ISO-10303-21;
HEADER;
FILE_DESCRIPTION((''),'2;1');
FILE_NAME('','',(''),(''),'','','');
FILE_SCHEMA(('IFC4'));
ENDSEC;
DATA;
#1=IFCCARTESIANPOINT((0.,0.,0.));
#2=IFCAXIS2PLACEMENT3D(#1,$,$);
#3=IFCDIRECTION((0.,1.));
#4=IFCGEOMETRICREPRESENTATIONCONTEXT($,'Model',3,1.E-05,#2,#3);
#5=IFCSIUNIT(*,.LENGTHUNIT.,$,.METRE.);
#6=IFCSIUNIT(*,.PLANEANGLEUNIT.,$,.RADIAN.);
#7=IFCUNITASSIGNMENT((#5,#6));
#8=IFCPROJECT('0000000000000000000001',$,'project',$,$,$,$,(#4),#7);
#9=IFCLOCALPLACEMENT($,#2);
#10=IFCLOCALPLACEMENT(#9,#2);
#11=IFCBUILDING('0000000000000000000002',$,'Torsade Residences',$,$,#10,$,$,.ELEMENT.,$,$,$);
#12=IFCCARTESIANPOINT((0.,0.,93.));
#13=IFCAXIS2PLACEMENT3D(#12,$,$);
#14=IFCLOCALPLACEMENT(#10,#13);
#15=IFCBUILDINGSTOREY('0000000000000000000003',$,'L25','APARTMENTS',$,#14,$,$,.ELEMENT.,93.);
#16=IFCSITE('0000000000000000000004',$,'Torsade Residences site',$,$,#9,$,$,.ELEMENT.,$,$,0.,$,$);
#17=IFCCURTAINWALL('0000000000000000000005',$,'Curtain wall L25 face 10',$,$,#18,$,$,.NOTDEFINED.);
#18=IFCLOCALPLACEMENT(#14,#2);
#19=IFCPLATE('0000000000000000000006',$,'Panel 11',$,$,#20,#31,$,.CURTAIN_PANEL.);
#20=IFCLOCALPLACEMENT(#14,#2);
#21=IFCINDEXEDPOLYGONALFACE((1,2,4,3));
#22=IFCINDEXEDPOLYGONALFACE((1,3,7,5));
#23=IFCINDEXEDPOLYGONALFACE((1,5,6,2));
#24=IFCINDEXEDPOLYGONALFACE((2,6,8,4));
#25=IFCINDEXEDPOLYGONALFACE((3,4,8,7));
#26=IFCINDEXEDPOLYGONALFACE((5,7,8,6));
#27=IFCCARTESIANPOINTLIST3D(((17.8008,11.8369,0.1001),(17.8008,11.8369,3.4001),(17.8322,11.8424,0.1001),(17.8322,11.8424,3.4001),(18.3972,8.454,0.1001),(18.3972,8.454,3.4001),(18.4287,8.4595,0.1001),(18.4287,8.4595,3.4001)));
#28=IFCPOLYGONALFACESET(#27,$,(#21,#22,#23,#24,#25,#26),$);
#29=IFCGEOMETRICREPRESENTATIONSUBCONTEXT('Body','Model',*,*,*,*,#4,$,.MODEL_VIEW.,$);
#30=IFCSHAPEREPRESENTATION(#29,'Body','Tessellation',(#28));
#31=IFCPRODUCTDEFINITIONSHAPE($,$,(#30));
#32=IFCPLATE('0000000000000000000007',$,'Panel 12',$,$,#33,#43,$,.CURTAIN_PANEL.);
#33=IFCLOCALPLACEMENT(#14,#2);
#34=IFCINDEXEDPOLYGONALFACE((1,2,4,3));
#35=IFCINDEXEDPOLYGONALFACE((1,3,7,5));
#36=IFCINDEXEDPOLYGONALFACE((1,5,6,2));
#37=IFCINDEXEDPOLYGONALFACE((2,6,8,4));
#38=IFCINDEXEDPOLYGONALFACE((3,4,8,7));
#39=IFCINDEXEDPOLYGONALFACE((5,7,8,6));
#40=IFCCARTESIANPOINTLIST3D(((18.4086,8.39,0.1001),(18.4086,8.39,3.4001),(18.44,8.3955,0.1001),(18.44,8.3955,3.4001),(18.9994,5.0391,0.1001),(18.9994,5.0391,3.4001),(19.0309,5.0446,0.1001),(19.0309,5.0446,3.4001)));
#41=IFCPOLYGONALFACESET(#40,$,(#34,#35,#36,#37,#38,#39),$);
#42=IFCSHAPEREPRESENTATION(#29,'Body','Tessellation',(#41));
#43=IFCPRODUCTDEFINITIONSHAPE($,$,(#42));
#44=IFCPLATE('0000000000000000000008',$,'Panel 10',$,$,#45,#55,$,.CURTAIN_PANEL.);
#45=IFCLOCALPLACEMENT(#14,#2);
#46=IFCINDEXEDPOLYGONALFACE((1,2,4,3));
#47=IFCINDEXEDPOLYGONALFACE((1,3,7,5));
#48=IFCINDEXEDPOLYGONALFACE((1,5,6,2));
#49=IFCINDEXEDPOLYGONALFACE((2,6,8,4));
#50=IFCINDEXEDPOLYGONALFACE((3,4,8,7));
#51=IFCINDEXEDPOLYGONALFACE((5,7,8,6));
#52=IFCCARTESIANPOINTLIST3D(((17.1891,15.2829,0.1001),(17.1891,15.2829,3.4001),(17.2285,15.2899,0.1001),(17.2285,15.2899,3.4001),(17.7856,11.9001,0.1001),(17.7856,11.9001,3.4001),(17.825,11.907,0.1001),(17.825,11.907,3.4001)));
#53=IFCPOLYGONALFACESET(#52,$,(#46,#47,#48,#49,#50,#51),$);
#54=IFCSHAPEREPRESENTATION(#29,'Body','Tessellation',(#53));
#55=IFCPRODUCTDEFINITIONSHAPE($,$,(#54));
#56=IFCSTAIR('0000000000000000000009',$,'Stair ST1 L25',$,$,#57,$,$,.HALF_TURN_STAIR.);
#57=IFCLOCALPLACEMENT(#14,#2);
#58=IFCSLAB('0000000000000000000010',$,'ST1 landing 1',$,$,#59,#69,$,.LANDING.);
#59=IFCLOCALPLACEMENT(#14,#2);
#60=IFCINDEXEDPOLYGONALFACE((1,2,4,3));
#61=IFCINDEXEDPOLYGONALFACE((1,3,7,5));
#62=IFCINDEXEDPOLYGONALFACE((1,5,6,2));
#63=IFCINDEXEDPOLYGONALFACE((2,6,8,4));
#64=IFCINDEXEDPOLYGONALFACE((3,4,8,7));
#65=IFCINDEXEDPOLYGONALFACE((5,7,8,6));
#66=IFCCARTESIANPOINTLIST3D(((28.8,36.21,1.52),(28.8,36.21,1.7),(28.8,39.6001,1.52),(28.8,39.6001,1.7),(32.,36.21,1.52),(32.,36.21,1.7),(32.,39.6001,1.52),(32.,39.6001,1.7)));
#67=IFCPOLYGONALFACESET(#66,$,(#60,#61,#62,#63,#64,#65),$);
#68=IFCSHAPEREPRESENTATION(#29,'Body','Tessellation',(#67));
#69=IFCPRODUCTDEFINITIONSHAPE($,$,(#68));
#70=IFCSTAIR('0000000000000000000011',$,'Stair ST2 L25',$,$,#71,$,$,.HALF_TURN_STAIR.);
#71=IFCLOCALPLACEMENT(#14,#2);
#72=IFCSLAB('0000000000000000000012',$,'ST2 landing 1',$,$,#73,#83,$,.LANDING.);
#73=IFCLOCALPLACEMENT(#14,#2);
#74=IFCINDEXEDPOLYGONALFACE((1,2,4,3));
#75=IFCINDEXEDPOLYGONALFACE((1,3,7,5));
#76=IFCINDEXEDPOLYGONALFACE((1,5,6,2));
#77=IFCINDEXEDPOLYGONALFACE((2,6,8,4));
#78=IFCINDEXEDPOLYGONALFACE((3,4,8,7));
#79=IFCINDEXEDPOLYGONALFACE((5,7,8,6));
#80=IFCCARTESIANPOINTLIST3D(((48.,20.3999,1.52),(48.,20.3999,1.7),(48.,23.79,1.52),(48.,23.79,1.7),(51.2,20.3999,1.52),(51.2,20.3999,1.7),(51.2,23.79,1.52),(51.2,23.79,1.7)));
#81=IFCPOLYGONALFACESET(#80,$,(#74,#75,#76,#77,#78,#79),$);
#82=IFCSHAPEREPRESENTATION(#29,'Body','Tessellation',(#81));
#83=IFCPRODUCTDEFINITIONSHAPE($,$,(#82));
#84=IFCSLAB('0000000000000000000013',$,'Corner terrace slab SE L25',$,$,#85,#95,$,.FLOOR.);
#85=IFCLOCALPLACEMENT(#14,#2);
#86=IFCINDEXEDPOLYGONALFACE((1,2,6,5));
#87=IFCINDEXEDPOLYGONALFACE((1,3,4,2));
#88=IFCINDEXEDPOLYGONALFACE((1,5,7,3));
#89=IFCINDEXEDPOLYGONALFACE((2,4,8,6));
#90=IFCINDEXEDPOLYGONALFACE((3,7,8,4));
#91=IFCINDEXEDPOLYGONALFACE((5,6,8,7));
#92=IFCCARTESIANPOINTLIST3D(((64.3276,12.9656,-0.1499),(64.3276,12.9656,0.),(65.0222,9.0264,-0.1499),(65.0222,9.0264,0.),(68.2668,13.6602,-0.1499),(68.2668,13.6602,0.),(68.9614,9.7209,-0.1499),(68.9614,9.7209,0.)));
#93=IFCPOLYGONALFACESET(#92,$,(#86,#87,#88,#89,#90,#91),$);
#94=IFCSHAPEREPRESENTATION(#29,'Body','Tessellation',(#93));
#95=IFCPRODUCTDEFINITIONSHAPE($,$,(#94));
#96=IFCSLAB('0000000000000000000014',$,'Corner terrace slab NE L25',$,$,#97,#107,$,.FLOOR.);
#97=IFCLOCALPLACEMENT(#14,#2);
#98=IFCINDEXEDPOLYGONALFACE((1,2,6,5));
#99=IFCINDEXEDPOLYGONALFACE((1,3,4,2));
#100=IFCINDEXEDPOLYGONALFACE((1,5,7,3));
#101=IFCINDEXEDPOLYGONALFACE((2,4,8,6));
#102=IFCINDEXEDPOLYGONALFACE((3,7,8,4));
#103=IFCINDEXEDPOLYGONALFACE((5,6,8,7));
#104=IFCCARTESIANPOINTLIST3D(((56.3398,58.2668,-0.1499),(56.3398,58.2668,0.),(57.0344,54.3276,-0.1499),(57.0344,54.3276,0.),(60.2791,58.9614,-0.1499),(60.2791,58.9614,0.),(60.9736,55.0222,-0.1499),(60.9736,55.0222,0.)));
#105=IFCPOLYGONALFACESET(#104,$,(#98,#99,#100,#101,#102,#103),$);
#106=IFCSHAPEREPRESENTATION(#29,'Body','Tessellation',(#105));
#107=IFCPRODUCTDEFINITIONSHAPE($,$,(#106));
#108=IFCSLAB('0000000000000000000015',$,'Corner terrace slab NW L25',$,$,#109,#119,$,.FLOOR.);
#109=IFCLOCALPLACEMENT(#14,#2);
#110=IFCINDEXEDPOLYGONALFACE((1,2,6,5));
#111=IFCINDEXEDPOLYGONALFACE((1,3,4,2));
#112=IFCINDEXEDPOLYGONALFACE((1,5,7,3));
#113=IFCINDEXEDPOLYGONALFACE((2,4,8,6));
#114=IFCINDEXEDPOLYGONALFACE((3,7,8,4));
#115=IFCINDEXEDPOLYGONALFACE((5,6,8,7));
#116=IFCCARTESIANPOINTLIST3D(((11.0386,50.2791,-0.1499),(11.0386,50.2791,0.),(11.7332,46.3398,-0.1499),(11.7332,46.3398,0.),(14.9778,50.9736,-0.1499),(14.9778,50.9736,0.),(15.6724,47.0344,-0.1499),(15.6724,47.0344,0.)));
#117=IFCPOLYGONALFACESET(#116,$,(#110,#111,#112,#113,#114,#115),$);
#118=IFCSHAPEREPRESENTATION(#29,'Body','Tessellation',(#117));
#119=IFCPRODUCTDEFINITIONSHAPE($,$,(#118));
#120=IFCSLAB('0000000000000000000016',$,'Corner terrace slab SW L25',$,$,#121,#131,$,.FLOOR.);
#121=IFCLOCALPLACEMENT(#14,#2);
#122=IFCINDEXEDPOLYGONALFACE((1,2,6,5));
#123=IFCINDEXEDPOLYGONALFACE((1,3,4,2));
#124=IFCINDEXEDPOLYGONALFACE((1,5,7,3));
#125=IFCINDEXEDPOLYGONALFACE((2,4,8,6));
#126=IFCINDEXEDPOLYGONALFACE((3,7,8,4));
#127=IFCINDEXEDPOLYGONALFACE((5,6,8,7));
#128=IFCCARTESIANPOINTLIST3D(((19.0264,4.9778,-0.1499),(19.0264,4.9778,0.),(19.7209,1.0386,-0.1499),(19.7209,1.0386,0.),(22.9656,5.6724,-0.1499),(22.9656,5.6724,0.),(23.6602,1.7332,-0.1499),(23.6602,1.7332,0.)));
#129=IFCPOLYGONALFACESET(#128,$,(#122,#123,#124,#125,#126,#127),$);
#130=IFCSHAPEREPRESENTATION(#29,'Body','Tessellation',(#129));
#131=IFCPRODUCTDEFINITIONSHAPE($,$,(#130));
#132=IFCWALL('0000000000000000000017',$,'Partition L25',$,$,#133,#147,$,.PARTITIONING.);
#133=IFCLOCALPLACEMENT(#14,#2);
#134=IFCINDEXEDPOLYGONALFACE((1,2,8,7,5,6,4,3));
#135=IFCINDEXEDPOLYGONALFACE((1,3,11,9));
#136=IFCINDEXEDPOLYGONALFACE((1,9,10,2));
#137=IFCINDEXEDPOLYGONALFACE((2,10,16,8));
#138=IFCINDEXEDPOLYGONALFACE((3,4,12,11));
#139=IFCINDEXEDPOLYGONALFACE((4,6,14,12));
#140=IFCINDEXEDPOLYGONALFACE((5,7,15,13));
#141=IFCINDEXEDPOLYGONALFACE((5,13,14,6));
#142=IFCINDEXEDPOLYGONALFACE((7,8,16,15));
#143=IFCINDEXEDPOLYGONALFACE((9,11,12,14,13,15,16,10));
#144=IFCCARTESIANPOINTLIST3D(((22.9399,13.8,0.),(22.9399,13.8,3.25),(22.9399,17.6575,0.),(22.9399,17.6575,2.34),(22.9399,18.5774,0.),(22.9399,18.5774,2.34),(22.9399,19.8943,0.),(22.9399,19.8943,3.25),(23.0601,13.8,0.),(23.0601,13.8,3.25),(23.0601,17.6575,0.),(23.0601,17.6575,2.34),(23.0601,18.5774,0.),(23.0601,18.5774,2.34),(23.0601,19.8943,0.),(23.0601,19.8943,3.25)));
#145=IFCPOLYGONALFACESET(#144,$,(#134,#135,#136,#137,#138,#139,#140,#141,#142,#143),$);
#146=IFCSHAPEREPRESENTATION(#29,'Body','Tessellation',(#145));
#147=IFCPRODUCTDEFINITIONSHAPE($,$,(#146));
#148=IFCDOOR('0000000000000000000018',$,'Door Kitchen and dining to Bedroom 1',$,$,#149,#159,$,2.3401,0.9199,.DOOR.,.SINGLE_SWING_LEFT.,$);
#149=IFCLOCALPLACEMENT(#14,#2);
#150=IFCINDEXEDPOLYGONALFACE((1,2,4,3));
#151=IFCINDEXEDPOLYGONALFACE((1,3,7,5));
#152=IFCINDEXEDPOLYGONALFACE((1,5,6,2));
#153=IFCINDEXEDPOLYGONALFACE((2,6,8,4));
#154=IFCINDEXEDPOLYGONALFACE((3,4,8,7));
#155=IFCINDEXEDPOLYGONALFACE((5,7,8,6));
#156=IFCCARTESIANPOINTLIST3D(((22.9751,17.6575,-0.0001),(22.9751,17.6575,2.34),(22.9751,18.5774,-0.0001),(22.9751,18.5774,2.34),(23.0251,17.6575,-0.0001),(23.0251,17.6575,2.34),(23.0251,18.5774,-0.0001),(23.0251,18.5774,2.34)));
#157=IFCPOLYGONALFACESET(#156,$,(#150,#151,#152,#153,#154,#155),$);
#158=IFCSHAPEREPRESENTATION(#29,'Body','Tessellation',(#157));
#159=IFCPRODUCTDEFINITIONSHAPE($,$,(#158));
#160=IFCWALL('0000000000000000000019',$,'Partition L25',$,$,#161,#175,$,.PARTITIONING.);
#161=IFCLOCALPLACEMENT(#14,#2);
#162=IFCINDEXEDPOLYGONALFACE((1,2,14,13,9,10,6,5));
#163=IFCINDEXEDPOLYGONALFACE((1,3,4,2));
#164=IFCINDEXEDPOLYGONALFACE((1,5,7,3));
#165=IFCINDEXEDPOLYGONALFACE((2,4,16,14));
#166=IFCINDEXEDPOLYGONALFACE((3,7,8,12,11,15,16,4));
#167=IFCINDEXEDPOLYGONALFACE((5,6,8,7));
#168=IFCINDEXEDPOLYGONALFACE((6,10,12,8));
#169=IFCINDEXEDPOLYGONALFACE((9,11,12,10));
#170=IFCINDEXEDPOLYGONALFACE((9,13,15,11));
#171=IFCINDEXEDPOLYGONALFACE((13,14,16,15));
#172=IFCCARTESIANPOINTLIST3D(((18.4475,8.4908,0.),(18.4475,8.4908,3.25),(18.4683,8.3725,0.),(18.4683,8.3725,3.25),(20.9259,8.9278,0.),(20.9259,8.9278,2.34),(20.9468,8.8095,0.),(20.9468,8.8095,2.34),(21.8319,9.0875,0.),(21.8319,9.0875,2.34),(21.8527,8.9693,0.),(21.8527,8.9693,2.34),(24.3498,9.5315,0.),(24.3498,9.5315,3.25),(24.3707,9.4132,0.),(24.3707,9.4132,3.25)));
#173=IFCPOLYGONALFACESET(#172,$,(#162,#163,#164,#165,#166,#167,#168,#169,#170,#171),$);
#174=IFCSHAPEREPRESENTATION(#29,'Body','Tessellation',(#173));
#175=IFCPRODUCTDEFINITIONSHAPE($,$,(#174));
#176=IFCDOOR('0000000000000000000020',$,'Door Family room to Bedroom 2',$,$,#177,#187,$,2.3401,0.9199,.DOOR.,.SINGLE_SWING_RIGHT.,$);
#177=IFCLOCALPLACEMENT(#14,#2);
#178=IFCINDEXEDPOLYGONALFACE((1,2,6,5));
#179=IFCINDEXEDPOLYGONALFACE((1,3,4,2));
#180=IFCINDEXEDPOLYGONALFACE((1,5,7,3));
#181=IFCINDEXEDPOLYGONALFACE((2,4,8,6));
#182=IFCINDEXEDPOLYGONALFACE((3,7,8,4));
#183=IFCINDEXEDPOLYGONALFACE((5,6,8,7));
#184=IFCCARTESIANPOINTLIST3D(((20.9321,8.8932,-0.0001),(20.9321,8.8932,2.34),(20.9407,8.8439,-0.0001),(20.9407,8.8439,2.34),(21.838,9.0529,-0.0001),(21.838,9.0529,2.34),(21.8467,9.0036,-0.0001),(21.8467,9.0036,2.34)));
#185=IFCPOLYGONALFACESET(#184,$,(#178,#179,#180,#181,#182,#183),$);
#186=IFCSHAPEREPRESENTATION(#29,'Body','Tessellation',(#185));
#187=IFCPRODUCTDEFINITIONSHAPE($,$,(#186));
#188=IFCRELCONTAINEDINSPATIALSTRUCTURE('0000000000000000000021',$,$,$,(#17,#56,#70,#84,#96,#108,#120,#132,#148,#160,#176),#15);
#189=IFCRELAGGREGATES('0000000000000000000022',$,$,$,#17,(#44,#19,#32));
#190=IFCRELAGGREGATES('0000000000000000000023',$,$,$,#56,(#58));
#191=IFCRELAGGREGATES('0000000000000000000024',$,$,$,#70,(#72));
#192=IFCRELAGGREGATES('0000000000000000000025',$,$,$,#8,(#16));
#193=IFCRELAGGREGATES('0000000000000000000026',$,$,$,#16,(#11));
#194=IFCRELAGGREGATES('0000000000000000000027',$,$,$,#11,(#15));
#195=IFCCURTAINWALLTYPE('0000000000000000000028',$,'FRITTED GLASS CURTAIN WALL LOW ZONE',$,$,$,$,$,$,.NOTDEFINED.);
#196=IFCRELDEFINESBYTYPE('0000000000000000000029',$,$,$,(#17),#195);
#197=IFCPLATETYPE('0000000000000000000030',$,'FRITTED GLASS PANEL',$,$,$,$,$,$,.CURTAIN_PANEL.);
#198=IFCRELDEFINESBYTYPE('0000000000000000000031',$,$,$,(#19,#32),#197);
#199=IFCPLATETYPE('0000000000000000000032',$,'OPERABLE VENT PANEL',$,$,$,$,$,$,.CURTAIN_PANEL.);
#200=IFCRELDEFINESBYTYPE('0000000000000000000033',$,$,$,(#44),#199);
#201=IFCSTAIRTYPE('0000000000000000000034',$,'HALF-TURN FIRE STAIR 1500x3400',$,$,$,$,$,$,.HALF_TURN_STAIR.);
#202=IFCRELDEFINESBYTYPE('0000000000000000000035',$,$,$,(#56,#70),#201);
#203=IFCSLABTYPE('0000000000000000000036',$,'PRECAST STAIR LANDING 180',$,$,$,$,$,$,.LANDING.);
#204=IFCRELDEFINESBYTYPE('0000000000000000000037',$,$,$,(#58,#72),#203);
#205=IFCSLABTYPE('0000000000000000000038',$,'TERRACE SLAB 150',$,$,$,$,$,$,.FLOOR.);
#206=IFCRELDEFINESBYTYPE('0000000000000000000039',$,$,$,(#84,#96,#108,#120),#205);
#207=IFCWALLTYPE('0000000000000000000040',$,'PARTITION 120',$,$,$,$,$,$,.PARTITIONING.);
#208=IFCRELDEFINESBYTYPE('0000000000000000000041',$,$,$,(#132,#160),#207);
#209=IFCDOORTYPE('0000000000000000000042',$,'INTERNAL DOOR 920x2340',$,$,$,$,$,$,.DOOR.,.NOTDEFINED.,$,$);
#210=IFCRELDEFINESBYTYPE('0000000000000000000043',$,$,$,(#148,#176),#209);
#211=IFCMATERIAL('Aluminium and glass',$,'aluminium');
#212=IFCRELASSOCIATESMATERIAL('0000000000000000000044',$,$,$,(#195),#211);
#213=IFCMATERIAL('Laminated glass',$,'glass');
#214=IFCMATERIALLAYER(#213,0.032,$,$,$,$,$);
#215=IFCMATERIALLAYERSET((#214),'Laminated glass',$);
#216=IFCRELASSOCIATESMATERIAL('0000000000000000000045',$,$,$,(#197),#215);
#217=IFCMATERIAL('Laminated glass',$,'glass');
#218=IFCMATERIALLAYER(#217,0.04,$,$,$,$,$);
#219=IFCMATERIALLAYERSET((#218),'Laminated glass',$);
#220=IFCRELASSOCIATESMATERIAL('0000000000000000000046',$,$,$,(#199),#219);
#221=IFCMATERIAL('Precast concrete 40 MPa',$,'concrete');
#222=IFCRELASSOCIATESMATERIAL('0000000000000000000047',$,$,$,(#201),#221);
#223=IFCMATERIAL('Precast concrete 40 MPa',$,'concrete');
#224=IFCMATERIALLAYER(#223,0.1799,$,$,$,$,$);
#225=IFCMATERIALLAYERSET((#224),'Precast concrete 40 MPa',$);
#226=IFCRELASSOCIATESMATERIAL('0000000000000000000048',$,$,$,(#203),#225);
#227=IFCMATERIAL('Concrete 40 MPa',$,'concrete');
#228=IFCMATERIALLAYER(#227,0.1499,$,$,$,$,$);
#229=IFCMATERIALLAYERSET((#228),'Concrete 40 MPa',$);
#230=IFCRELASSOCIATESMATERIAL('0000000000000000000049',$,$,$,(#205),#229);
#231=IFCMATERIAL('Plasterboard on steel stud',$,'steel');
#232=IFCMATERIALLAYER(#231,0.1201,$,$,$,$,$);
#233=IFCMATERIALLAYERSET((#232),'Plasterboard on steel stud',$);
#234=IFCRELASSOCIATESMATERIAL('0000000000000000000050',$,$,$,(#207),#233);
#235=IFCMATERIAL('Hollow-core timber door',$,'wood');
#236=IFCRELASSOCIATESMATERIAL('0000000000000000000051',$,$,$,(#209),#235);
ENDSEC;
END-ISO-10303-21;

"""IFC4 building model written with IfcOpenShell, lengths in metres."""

from ifc_helpers import new_model, si_unit, direction, frame, frame_2d, origin, origin_2d, place, context, subcontext, project, spatial, polyline, rectangle, outline, extrude, material, layer, layer_set, type_object, element, fill, aggregate, save


model = new_model("IFC4")

# Units and contexts
model_context = context("Model", 3, precision=1e-05, world=origin(), true_north=direction((0.0, 1.0)))
body_context = subcontext(model_context, "Body", "Model", "MODEL_VIEW")
ifc_project = project(units=[si_unit("LENGTHUNIT", "METRE"), si_unit("PLANEANGLEUNIT", "RADIAN")], contexts=[model_context])

# Site, building, storey
site_placement = place(None, origin())
site = spatial("IfcSite", under=ifc_project, at=site_placement, Name="Torsade Residences site", CompositionType="ELEMENT", RefElevation=0.0)
building_placement = place(site_placement, origin())
building = spatial("IfcBuilding", under=site, at=building_placement, Name="Torsade Residences", CompositionType="ELEMENT")
storey_placement = place(building_placement, frame((0.0, 0.0, 93.0)))
storey = spatial("IfcBuildingStorey", under=building, at=storey_placement, Name="L25", Description="APARTMENTS", CompositionType="ELEMENT", Elevation=93.0)

# Curtain wall
ifc_material_1 = material(Name="Aluminium and glass", Category="aluminium")
curtain_wall_type = type_object("IfcCurtainWallType", Name="FRITTED GLASS CURTAIN WALL LOW ZONE", PredefinedType="NOTDEFINED", material=ifc_material_1)
curtain_wall_placement = place(storey_placement, origin())
curtain_wall = element("IfcCurtainWall", 1, at=curtain_wall_placement, inside=storey, type_object=curtain_wall_type, Name="Curtain wall L25 face 10", PredefinedType="NOTDEFINED")

# Plates
ifc_material_2 = material(Name="Laminated glass", Category="glass")
ifc_layer_1 = layer(ifc_material_2, 0.032)
ifc_layer_set_1 = layer_set([ifc_layer_1], Name="Laminated glass")
plate_type_1 = type_object("IfcPlateType", Name="FRITTED GLASS PANEL", PredefinedType="CURTAIN_PANEL", material=ifc_layer_set_1)
plate_1_placement = place(storey_placement, frame((18.1147, 10.1482, 0.1001), z_axis=(0.0, 0.0, 1.0), x_axis=(0.173648, -0.984808, 0.0)))
plate_1 = element("IfcPlate", 2, at=plate_1_placement, type_object=plate_type_1, Name="Panel 11", PredefinedType="CURTAIN_PANEL", context=body_context, shape_type="SweptSolid", body=[
    extrude(rectangle(XDim=3.4351, YDim=0.032, at=origin_2d()), origin(), (0.0, 0.0, 1.0), 3.3),
])
plate_2_placement = place(storey_placement, frame((18.7197, 6.7173, 0.1001), z_axis=(0.0, 0.0, 1.0), x_axis=(0.173648, -0.984808, 0.0)))
plate_2 = element("IfcPlate", 3, at=plate_2_placement, type_object=plate_type_1, Name="Panel 12", PredefinedType="CURTAIN_PANEL", context=body_context, shape_type="SweptSolid", body=[
    extrude(rectangle(XDim=3.4026, YDim=0.032, at=origin_2d()), origin(), (0.0, 0.0, 1.0), 3.3),
])
ifc_material_3 = material(Name="Laminated glass", Category="glass")
ifc_layer_2 = layer(ifc_material_3, 0.04)
ifc_layer_set_2 = layer_set([ifc_layer_2], Name="Laminated glass")
plate_type_2 = type_object("IfcPlateType", Name="OPERABLE VENT PANEL", PredefinedType="CURTAIN_PANEL", material=ifc_layer_set_2)
plate_3_placement = place(storey_placement, frame((17.5071, 13.595, 0.1001), z_axis=(0.0, 0.0, 1.0), x_axis=(0.173648, -0.984808, 0.0)))
plate_3 = element("IfcPlate", 4, at=plate_3_placement, type_object=plate_type_2, Name="Panel 10", PredefinedType="CURTAIN_PANEL", context=body_context, shape_type="SweptSolid", body=[
    extrude(rectangle(XDim=3.4351, YDim=0.04, at=origin_2d()), origin(), (0.0, 0.0, 1.0), 3.3),
])
aggregate(curtain_wall, [plate_3, plate_1, plate_2])

# Stairs, slabs
ifc_material_4 = material(Name="Precast concrete 40 MPa", Category="concrete")
stair_type = type_object("IfcStairType", Name="HALF-TURN FIRE STAIR 1500x3400", PredefinedType="HALF_TURN_STAIR", material=ifc_material_4)
stair_1_placement = place(storey_placement, origin())
stair_1 = element("IfcStair", 5, at=stair_1_placement, inside=storey, type_object=stair_type, Name="Stair ST1 L25", PredefinedType="HALF_TURN_STAIR")
ifc_material_5 = material(Name="Precast concrete 40 MPa", Category="concrete")
ifc_layer_3 = layer(ifc_material_5, 0.1799)
ifc_layer_set_3 = layer_set([ifc_layer_3], Name="Precast concrete 40 MPa")
slab_type_1 = type_object("IfcSlabType", Name="PRECAST STAIR LANDING 180", PredefinedType="LANDING", material=ifc_layer_set_3)
slab_1_placement = place(storey_placement, frame((0.0, 0.0, 1.52)))
slab_1 = element("IfcSlab", 6, at=slab_1_placement, type_object=slab_type_1, Name="ST1 landing 1", PredefinedType="LANDING", context=body_context, shape_type="SweptSolid", body=[
    extrude(outline(polyline([(28.8, 36.21), (32.0, 36.21), (32.0, 39.6001), (28.8, 39.6001), (28.8, 36.21)])), origin(), (0.0, 0.0, 1.0), 0.1799),
])
aggregate(stair_1, [slab_1])
stair_2_placement = place(storey_placement, origin())
stair_2 = element("IfcStair", 7, at=stair_2_placement, inside=storey, type_object=stair_type, Name="Stair ST2 L25", PredefinedType="HALF_TURN_STAIR")
slab_2_placement = place(storey_placement, frame((0.0, 0.0, 1.52)))
slab_2 = element("IfcSlab", 8, at=slab_2_placement, type_object=slab_type_1, Name="ST2 landing 1", PredefinedType="LANDING", context=body_context, shape_type="SweptSolid", body=[
    extrude(outline(polyline([(48.0, 20.3999), (51.2, 20.3999), (51.2, 23.79), (48.0, 23.79), (48.0, 20.3999)])), origin(), (0.0, 0.0, 1.0), 0.1799),
])
aggregate(stair_2, [slab_2])

# Slabs
ifc_material_6 = material(Name="Concrete 40 MPa", Category="concrete")
ifc_layer_4 = layer(ifc_material_6, 0.1499)
ifc_layer_set_4 = layer_set([ifc_layer_4], Name="Concrete 40 MPa")
slab_type_2 = type_object("IfcSlabType", Name="TERRACE SLAB 150", PredefinedType="FLOOR", material=ifc_layer_set_4)
slab_3_placement = place(storey_placement, frame((0.0, 0.0, -0.1499)))
element("IfcSlab", 9, at=slab_3_placement, inside=storey, type_object=slab_type_2, Name="Corner terrace slab SE L25", PredefinedType="FLOOR", context=body_context, shape_type="SweptSolid", body=[
    extrude(outline(polyline([(65.0222, 9.0264), (68.9614, 9.7209), (68.2668, 13.6602), (64.3276, 12.9656), (65.0222, 9.0264)])), origin(), (0.0, 0.0, 1.0), 0.1499),
])
slab_4_placement = place(storey_placement, frame((0.0, 0.0, -0.1499)))
element("IfcSlab", 10, at=slab_4_placement, inside=storey, type_object=slab_type_2, Name="Corner terrace slab NE L25", PredefinedType="FLOOR", context=body_context, shape_type="SweptSolid", body=[
    extrude(outline(polyline([(57.0344, 54.3276), (60.9736, 55.0222), (60.2791, 58.9614), (56.3398, 58.2668), (57.0344, 54.3276)])), origin(), (0.0, 0.0, 1.0), 0.1499),
])
slab_5_placement = place(storey_placement, frame((0.0, 0.0, -0.1499)))
element("IfcSlab", 11, at=slab_5_placement, inside=storey, type_object=slab_type_2, Name="Corner terrace slab NW L25", PredefinedType="FLOOR", context=body_context, shape_type="SweptSolid", body=[
    extrude(outline(polyline([(11.7332, 46.3398), (15.6724, 47.0344), (14.9778, 50.9736), (11.0386, 50.2791), (11.7332, 46.3398)])), origin(), (0.0, 0.0, 1.0), 0.1499),
])
slab_6_placement = place(storey_placement, frame((0.0, 0.0, -0.1499)))
element("IfcSlab", 12, at=slab_6_placement, inside=storey, type_object=slab_type_2, Name="Corner terrace slab SW L25", PredefinedType="FLOOR", context=body_context, shape_type="SweptSolid", body=[
    extrude(outline(polyline([(19.7209, 1.0386), (23.6602, 1.7332), (22.9656, 5.6724), (19.0264, 4.9778), (19.7209, 1.0386)])), origin(), (0.0, 0.0, 1.0), 0.1499),
])

# Walls, openings, doors
ifc_material_7 = material(Name="Plasterboard on steel stud", Category="steel")
ifc_layer_5 = layer(ifc_material_7, 0.1201)
ifc_layer_set_5 = layer_set([ifc_layer_5], Name="Plasterboard on steel stud")
wall_type_1 = type_object("IfcWallType", Name="PARTITION 120", PredefinedType="PARTITIONING", material=ifc_layer_set_5)
wall_1_placement = place(storey_placement, frame((23.0, 13.8, 0.0), z_axis=(0.0, 0.0, 1.0), x_axis=(0.0, 1.0, 0.0)))
wall_1 = element("IfcWall", 13, at=wall_1_placement, inside=storey, type_object=wall_type_1, Name="Partition L25", PredefinedType="PARTITIONING", context=body_context, shape_type="SweptSolid", body=[
    extrude(rectangle(XDim=6.0942, YDim=0.1201, at=frame_2d((3.0471, 0.0))), origin(), (0.0, 0.0, 1.0), 3.25),
])
opening_1_placement = place(wall_1_placement, frame((3.8574, 0.0, 0.0)))
opening_1 = element("IfcOpeningElement", 14, at=opening_1_placement, cuts=wall_1, PredefinedType="OPENING", context=body_context, shape_type="SweptSolid", body=[
    extrude(rectangle(XDim=0.9199, YDim=2.3401, at=frame_2d((0.46, 1.1699))), frame((0.0, 0.0701, 0.0), z_axis=(0.0, -1.0, 0.0), x_axis=(1.0, 0.0, 0.0)), (0.0, 0.0, 1.0), 0.1401),
])
ifc_material_8 = material(Name="Hollow-core timber door", Category="wood")
door_type_1 = type_object("IfcDoorType", Name="INTERNAL DOOR 920x2340", OperationType="NOTDEFINED", PredefinedType="DOOR", material=ifc_material_8)
door_1_placement = place(opening_1_placement, origin())
door_1 = element("IfcDoor", 15, at=door_1_placement, inside=storey, type_object=door_type_1, Name="Door Kitchen and dining to Bedroom 1", OperationType="SINGLE_SWING_LEFT", OverallHeight=2.3401, OverallWidth=0.9199, PredefinedType="DOOR", context=body_context, shape_type="SweptSolid", body=[
    extrude(rectangle(XDim=0.9199, YDim=2.3401, at=frame_2d((0.46, 1.1699))), frame((0.0, 0.0249, 0.0), z_axis=(0.0, -1.0, 0.0), x_axis=(1.0, 0.0, 0.0)), (0.0, 0.0, 1.0), 0.05),
])
fill(opening_1, door_1)
wall_2_placement = place(storey_placement, frame((18.458, 8.4316, 0.0), z_axis=(0.0, 0.0, 1.0), x_axis=(0.984807, 0.173653, 0.0)))
wall_2 = element("IfcWall", 16, at=wall_2_placement, inside=storey, type_object=wall_type_1, Name="Partition L25", PredefinedType="PARTITIONING", context=body_context, shape_type="SweptSolid", body=[
    extrude(rectangle(XDim=5.9934, YDim=0.1201, at=frame_2d((2.9966, 0.0))), origin(), (0.0, 0.0, 1.0), 3.25),
])
opening_2_placement = place(wall_2_placement, frame((2.5166, 0.0, 0.0)))
opening_2 = element("IfcOpeningElement", 17, at=opening_2_placement, cuts=wall_2, PredefinedType="OPENING", context=body_context, shape_type="SweptSolid", body=[
    extrude(rectangle(XDim=0.9199, YDim=2.3401, at=frame_2d((0.46, 1.1699))), frame((0.0, 0.0701, 0.0), z_axis=(0.0, -1.0, 0.0), x_axis=(1.0, 0.0, 0.0)), (0.0, 0.0, 1.0), 0.1401),
])
door_2_placement = place(opening_2_placement, origin())
door_2 = element("IfcDoor", 18, at=door_2_placement, inside=storey, type_object=door_type_1, Name="Door Family room to Bedroom 2", OperationType="SINGLE_SWING_RIGHT", OverallHeight=2.3401, OverallWidth=0.9199, PredefinedType="DOOR", context=body_context, shape_type="SweptSolid", body=[
    extrude(rectangle(XDim=0.9199, YDim=2.3401, at=frame_2d((0.46, 1.1699))), frame((0.0, 0.0249, 0.0), z_axis=(0.0, -1.0, 0.0), x_axis=(1.0, 0.0, 0.0)), (0.0, 0.0, 1.0), 0.05),
])
fill(opening_2, door_2)

save(model, "model.ifc")
